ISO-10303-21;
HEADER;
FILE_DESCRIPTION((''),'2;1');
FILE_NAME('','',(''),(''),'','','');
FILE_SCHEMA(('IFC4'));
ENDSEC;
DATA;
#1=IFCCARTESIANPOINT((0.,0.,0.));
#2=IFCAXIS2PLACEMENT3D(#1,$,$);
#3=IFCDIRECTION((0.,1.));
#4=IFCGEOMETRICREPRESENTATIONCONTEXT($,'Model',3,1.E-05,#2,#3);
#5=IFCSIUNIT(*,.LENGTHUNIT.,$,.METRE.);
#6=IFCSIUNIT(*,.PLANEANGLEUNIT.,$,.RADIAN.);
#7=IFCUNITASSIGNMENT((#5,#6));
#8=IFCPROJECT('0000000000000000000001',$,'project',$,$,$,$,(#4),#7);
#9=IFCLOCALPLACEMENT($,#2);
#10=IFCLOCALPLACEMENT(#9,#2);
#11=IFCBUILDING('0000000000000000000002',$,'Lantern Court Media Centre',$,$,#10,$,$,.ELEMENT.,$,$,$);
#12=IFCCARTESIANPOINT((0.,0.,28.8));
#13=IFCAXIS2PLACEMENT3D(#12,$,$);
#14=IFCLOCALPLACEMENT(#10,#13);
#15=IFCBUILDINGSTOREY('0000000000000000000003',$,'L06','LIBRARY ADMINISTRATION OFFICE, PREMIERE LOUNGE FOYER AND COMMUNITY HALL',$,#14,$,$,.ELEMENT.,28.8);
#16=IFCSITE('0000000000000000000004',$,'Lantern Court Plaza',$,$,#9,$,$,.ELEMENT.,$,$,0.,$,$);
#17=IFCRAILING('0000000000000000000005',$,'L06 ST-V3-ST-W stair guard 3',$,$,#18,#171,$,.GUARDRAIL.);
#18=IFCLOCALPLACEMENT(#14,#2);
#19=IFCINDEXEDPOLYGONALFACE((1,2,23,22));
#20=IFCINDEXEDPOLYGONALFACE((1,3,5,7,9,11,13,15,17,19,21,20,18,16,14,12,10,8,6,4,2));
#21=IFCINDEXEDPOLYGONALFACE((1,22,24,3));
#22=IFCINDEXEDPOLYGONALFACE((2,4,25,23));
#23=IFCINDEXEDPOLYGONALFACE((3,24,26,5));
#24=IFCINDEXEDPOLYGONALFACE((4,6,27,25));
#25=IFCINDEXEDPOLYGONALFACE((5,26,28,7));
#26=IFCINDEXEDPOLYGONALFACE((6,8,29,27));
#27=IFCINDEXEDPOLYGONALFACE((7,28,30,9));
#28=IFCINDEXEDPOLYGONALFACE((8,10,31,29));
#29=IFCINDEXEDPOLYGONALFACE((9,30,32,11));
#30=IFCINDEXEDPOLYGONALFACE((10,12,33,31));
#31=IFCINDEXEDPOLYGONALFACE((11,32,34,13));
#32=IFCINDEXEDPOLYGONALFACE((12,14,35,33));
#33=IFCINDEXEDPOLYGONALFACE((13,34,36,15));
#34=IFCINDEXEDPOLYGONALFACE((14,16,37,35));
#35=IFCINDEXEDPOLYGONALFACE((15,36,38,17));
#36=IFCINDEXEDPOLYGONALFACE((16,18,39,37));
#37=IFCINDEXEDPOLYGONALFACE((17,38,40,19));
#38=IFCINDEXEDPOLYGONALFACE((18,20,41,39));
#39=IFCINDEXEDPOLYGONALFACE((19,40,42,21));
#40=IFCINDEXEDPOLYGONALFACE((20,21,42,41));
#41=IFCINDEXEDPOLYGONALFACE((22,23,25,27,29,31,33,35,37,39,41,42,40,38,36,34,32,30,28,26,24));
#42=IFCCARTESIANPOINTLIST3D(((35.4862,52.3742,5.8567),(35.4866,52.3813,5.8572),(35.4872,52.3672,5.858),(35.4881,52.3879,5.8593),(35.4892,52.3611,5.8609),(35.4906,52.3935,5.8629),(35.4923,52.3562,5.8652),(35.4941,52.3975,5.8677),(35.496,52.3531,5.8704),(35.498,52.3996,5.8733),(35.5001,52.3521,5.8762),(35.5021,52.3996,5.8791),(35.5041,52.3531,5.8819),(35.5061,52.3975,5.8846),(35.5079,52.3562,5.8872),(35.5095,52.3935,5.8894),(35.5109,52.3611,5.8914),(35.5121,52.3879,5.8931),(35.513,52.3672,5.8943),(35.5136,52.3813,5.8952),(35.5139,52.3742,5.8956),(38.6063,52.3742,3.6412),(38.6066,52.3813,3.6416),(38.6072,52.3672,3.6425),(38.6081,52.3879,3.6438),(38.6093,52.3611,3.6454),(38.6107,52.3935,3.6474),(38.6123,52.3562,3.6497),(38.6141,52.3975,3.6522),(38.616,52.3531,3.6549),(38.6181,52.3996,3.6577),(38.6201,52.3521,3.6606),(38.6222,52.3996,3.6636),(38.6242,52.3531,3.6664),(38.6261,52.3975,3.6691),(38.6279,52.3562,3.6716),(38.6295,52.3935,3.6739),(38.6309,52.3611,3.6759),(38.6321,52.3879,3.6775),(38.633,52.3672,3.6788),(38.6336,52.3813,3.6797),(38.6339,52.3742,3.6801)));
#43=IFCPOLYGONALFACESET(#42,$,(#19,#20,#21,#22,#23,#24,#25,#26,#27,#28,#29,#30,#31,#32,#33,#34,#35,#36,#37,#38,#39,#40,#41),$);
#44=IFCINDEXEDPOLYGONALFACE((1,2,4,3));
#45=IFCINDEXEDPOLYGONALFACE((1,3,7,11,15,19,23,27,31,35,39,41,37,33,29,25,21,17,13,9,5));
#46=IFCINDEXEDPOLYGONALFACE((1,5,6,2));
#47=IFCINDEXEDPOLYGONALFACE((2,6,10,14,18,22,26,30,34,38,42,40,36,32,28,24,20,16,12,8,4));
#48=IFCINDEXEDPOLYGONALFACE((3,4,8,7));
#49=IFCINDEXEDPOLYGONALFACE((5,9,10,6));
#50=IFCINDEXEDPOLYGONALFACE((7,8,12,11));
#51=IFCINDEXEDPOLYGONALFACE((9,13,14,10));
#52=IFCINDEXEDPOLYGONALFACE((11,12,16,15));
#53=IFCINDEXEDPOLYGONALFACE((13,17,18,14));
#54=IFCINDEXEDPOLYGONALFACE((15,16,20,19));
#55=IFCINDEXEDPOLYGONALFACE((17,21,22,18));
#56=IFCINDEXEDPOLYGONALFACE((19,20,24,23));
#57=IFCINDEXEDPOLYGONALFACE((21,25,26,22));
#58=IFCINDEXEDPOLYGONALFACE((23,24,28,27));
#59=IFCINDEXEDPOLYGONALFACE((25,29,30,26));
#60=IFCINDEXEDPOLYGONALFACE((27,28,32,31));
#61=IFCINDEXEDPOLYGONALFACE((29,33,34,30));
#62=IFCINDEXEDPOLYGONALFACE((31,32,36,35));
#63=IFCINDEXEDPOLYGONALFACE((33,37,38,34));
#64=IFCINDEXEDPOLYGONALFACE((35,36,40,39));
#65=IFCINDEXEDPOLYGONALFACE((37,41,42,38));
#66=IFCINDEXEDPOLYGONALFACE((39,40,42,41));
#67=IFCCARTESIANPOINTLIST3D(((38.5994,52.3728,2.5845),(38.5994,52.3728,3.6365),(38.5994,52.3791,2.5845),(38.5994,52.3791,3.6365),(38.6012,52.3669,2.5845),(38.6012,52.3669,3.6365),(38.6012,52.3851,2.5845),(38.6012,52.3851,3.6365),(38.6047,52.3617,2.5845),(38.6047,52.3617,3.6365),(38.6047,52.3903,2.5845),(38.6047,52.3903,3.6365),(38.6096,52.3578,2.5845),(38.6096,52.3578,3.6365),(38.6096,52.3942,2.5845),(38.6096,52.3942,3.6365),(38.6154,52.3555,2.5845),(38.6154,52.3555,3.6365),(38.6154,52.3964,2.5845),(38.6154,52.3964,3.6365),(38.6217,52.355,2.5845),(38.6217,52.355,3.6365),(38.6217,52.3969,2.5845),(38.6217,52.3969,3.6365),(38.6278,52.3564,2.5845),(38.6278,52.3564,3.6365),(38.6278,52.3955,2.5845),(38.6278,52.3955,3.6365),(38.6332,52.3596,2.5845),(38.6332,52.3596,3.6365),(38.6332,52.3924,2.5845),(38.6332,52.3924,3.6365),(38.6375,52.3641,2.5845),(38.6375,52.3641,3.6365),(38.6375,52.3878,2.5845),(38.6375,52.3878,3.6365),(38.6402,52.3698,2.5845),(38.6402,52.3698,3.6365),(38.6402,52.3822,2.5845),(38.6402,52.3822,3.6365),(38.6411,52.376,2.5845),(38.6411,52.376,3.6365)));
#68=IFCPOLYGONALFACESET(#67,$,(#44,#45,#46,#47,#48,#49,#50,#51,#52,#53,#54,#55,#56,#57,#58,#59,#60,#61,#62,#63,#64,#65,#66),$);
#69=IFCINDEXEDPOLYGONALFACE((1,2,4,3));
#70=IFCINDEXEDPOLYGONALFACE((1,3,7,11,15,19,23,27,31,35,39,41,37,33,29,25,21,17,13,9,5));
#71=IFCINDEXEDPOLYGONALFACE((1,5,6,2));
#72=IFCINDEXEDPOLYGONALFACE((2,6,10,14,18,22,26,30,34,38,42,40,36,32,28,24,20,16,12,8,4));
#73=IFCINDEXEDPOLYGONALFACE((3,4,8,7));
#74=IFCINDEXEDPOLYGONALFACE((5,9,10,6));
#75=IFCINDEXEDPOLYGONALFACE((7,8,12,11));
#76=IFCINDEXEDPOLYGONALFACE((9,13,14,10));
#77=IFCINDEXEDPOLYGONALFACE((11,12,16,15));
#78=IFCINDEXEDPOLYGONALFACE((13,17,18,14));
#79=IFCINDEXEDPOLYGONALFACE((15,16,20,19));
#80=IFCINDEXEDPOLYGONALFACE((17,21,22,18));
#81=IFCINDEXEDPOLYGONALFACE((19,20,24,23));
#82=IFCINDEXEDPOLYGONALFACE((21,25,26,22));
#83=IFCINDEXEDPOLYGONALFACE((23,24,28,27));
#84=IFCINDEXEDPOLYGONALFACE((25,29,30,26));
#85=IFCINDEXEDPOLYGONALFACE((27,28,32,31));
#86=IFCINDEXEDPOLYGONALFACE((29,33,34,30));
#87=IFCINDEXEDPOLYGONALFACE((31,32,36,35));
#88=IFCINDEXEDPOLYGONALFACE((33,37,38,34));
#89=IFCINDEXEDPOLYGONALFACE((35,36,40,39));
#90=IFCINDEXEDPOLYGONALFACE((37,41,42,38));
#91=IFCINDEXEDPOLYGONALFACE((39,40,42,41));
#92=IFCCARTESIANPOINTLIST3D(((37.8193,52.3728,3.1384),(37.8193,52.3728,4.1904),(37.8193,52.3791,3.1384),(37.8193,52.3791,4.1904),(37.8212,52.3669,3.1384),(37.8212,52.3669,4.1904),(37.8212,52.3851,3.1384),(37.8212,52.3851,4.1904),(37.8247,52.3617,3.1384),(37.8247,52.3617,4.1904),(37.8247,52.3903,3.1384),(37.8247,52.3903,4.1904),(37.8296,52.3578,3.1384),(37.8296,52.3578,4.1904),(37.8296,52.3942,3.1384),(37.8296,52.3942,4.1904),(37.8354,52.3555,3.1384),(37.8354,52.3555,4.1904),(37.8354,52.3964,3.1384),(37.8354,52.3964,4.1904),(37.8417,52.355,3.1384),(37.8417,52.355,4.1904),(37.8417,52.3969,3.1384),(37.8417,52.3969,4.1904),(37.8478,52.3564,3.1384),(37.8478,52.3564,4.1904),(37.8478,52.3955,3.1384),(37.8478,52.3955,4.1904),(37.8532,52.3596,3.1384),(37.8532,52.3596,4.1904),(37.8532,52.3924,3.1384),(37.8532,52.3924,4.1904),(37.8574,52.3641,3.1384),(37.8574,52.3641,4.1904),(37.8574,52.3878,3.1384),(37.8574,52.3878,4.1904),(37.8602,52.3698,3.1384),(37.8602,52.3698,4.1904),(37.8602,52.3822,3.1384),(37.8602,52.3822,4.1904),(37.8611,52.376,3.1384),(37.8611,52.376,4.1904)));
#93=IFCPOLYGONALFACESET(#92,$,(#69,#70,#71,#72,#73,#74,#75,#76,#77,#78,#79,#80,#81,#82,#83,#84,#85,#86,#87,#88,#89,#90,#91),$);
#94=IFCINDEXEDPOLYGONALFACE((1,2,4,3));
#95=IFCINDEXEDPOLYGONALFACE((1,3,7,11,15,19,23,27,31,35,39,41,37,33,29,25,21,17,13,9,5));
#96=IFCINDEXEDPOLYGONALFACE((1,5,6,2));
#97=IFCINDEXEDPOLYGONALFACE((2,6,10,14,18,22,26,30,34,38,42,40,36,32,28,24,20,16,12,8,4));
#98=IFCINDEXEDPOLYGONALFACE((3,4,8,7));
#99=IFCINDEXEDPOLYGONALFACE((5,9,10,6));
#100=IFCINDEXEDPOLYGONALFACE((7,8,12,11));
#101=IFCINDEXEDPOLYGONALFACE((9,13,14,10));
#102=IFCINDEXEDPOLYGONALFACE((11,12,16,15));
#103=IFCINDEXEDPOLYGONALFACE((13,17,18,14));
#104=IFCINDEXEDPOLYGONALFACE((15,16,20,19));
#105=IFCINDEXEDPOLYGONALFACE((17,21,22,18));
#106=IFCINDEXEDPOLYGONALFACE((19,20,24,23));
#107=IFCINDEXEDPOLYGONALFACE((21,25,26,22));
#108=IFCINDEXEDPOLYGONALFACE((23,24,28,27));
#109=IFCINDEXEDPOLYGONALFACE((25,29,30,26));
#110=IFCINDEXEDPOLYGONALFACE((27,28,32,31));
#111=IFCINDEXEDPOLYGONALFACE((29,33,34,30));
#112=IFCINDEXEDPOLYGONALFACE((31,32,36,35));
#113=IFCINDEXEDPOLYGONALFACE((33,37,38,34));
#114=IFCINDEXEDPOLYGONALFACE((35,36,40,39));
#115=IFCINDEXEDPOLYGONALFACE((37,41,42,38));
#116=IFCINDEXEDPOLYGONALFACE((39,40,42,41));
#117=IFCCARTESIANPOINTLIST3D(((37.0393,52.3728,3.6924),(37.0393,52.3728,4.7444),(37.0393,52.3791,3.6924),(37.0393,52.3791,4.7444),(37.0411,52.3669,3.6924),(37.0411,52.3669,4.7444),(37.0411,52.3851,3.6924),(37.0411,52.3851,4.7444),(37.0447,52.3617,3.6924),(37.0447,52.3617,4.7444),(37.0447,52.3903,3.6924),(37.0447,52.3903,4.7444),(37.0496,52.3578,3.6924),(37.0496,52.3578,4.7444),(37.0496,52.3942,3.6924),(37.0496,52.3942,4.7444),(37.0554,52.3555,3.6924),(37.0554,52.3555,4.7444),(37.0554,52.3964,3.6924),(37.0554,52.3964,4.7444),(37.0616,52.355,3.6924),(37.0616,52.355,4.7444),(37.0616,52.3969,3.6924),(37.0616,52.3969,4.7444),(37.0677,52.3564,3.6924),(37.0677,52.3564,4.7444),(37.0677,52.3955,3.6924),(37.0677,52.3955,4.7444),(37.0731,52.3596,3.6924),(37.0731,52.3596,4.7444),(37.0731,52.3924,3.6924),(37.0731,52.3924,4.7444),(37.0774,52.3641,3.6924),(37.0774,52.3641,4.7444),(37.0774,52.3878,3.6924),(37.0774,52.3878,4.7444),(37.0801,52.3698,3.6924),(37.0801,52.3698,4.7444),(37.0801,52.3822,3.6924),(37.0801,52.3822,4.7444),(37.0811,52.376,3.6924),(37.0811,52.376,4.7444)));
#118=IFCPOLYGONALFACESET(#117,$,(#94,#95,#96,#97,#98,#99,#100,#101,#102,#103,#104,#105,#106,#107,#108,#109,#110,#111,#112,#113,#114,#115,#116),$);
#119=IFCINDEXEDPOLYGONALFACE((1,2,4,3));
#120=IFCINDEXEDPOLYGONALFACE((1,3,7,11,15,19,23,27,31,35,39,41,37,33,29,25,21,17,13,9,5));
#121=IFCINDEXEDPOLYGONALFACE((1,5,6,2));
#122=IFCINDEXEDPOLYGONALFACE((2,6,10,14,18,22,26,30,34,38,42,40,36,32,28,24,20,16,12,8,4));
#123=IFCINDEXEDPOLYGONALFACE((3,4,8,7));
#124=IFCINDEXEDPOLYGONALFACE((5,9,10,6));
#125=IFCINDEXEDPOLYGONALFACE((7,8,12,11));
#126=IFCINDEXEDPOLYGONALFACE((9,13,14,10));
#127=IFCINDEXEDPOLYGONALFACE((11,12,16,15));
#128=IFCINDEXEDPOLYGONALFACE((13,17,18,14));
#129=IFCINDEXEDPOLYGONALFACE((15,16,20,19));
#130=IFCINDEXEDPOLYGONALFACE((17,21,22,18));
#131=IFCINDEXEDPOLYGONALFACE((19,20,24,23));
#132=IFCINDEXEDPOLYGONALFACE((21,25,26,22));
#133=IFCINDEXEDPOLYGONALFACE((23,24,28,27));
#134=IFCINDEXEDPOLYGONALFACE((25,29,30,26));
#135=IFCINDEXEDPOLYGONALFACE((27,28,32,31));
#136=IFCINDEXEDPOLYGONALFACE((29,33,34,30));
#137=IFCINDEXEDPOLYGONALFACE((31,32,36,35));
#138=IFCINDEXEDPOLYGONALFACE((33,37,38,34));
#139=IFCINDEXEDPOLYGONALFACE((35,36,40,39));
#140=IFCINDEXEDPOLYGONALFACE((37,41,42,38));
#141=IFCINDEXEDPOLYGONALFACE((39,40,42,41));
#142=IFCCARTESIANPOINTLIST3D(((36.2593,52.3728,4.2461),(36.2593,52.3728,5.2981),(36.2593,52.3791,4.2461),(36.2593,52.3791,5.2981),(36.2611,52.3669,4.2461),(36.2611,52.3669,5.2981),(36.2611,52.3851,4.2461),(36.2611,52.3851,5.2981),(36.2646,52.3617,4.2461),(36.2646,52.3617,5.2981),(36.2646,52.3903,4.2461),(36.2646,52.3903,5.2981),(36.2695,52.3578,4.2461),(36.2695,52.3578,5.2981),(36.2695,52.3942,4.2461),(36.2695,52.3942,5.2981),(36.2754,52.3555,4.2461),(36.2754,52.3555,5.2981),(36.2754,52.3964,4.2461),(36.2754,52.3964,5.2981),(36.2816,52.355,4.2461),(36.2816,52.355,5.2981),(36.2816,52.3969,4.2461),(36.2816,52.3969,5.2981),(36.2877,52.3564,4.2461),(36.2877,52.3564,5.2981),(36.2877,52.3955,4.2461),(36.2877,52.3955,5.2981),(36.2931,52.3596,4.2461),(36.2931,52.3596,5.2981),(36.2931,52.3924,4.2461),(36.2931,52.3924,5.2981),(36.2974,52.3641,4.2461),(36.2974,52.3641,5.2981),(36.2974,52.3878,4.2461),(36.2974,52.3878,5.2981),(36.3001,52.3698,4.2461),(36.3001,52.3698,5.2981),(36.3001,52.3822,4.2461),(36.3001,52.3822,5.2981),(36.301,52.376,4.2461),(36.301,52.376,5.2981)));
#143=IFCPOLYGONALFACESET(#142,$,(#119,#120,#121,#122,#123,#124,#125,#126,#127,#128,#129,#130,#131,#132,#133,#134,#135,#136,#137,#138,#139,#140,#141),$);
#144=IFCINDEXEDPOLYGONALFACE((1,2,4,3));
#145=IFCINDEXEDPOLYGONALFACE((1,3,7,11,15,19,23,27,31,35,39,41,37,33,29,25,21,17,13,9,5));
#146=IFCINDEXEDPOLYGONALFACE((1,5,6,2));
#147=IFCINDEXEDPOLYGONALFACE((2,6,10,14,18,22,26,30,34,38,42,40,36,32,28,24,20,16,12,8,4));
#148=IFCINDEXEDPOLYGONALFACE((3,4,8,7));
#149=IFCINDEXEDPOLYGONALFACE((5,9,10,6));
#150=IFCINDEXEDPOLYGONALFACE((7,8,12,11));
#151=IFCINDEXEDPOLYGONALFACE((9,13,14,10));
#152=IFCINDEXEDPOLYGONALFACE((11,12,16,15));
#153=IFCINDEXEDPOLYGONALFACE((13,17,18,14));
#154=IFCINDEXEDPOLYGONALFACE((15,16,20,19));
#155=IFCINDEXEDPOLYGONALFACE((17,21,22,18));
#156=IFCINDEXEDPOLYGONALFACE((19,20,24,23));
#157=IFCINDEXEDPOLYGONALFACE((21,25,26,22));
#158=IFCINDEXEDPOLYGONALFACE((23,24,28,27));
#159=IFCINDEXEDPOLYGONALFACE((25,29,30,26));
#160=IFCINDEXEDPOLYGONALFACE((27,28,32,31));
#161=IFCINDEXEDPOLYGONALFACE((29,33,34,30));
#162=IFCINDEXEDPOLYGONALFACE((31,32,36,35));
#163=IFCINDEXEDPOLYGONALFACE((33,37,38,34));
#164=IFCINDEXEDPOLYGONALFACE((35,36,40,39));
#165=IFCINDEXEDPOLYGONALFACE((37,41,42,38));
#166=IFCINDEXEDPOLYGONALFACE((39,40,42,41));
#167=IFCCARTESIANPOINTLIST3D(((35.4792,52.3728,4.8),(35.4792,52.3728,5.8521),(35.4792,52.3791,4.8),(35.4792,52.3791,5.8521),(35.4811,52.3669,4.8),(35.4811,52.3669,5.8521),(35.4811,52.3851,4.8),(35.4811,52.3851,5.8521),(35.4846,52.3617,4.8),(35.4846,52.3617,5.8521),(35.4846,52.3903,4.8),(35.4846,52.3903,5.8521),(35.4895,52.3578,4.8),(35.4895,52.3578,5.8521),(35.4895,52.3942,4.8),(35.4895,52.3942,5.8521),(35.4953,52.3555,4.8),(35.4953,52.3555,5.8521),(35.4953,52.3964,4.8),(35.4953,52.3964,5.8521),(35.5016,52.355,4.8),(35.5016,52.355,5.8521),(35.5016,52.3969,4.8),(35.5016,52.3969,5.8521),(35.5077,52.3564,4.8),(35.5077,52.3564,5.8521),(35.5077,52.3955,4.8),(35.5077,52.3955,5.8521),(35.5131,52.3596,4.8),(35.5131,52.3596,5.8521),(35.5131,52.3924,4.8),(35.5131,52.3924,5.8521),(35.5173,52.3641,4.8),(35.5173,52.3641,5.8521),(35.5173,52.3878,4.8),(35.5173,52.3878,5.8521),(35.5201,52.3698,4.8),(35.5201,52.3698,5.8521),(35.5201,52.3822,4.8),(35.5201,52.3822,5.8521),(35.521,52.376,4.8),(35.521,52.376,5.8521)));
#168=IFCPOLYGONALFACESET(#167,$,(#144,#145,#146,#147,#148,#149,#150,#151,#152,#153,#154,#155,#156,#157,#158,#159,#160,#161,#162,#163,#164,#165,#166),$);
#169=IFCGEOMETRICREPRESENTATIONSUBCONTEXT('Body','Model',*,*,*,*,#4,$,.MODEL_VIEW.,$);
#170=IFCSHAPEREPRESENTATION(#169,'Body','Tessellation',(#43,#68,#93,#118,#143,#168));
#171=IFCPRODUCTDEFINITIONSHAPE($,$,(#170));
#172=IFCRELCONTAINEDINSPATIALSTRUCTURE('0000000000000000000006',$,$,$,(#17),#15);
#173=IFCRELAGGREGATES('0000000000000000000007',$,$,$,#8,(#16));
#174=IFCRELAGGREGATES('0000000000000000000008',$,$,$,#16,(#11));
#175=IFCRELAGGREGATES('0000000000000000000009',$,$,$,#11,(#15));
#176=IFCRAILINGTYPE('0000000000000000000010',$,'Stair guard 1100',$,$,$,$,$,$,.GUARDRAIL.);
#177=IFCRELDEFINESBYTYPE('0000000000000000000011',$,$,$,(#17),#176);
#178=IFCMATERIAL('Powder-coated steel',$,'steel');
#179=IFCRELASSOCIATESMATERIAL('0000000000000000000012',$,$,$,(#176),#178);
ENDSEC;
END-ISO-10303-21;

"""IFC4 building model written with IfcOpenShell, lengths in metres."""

from ifc_helpers import new_model, si_unit, direction, frame, origin, origin_2d, place, context, subcontext, project, spatial, circle, extrude, material, type_object, element, save


model = new_model("IFC4")

# Units and contexts
model_context = context("Model", 3, precision=1e-05, world=origin(), true_north=direction((0.0, 1.0)))
body_context = subcontext(model_context, "Body", "Model", "MODEL_VIEW")
ifc_project = project(units=[si_unit("LENGTHUNIT", "METRE"), si_unit("PLANEANGLEUNIT", "RADIAN")], contexts=[model_context])

# Site, building, storey
site_placement = place(None, origin())
site = spatial("IfcSite", under=ifc_project, at=site_placement, Name="Lantern Court Plaza", CompositionType="ELEMENT", RefElevation=0.0)
building_placement = place(site_placement, origin())
building = spatial("IfcBuilding", under=site, at=building_placement, Name="Lantern Court Media Centre", CompositionType="ELEMENT")
storey_placement = place(building_placement, frame((0.0, 0.0, 28.8)))
storey = spatial("IfcBuildingStorey", under=building, at=storey_placement, Name="L06", Description="LIBRARY ADMINISTRATION OFFICE, PREMIERE LOUNGE FOYER AND COMMUNITY HALL", CompositionType="ELEMENT", Elevation=28.8)

# Railing
ifc_material_1 = material(Name="Powder-coated steel", Category="steel")
railing_type_1 = type_object("IfcRailingType", Name="Stair guard 1100", PredefinedType="GUARDRAIL", material=ifc_material_1)
railing_1_placement = place(storey_placement, frame((38.6201, 52.376, 2.5845)))
element("IfcRailing", 1, at=railing_1_placement, inside=storey, type_object=railing_type_1, Name="L06 ST-V3-ST-W stair guard 3", PredefinedType="GUARDRAIL", context=body_context, shape_type="SweptSolid", body=[
    extrude(circle(Radius=0.0239, at=origin_2d()), frame((0.0, 0.0, 1.0762), z_axis=(-0.815347, 0.0, 0.578973), x_axis=(0.0, -1.0, 0.0)), (0.0, 0.0, 1.0), 3.8267),
    extrude(circle(Radius=0.021, at=origin_2d()), origin(), (0.0, 0.0, 1.0), 1.052),
    extrude(circle(Radius=0.021, at=origin_2d()), frame((-0.78, 0.0, 0.554)), (0.0, 0.0, 1.0), 1.052),
    extrude(circle(Radius=0.021, at=origin_2d()), frame((-1.5601, 0.0, 1.1079)), (0.0, 0.0, 1.0), 1.052),
    extrude(circle(Radius=0.021, at=origin_2d()), frame((-2.3401, 0.0, 1.6616)), (0.0, 0.0, 1.0), 1.052),
    extrude(circle(Radius=0.021, at=origin_2d()), frame((-3.1201, 0.0, 2.2156)), (0.0, 0.0, 1.0), 1.052),
])

save(model, "model.ifc")
